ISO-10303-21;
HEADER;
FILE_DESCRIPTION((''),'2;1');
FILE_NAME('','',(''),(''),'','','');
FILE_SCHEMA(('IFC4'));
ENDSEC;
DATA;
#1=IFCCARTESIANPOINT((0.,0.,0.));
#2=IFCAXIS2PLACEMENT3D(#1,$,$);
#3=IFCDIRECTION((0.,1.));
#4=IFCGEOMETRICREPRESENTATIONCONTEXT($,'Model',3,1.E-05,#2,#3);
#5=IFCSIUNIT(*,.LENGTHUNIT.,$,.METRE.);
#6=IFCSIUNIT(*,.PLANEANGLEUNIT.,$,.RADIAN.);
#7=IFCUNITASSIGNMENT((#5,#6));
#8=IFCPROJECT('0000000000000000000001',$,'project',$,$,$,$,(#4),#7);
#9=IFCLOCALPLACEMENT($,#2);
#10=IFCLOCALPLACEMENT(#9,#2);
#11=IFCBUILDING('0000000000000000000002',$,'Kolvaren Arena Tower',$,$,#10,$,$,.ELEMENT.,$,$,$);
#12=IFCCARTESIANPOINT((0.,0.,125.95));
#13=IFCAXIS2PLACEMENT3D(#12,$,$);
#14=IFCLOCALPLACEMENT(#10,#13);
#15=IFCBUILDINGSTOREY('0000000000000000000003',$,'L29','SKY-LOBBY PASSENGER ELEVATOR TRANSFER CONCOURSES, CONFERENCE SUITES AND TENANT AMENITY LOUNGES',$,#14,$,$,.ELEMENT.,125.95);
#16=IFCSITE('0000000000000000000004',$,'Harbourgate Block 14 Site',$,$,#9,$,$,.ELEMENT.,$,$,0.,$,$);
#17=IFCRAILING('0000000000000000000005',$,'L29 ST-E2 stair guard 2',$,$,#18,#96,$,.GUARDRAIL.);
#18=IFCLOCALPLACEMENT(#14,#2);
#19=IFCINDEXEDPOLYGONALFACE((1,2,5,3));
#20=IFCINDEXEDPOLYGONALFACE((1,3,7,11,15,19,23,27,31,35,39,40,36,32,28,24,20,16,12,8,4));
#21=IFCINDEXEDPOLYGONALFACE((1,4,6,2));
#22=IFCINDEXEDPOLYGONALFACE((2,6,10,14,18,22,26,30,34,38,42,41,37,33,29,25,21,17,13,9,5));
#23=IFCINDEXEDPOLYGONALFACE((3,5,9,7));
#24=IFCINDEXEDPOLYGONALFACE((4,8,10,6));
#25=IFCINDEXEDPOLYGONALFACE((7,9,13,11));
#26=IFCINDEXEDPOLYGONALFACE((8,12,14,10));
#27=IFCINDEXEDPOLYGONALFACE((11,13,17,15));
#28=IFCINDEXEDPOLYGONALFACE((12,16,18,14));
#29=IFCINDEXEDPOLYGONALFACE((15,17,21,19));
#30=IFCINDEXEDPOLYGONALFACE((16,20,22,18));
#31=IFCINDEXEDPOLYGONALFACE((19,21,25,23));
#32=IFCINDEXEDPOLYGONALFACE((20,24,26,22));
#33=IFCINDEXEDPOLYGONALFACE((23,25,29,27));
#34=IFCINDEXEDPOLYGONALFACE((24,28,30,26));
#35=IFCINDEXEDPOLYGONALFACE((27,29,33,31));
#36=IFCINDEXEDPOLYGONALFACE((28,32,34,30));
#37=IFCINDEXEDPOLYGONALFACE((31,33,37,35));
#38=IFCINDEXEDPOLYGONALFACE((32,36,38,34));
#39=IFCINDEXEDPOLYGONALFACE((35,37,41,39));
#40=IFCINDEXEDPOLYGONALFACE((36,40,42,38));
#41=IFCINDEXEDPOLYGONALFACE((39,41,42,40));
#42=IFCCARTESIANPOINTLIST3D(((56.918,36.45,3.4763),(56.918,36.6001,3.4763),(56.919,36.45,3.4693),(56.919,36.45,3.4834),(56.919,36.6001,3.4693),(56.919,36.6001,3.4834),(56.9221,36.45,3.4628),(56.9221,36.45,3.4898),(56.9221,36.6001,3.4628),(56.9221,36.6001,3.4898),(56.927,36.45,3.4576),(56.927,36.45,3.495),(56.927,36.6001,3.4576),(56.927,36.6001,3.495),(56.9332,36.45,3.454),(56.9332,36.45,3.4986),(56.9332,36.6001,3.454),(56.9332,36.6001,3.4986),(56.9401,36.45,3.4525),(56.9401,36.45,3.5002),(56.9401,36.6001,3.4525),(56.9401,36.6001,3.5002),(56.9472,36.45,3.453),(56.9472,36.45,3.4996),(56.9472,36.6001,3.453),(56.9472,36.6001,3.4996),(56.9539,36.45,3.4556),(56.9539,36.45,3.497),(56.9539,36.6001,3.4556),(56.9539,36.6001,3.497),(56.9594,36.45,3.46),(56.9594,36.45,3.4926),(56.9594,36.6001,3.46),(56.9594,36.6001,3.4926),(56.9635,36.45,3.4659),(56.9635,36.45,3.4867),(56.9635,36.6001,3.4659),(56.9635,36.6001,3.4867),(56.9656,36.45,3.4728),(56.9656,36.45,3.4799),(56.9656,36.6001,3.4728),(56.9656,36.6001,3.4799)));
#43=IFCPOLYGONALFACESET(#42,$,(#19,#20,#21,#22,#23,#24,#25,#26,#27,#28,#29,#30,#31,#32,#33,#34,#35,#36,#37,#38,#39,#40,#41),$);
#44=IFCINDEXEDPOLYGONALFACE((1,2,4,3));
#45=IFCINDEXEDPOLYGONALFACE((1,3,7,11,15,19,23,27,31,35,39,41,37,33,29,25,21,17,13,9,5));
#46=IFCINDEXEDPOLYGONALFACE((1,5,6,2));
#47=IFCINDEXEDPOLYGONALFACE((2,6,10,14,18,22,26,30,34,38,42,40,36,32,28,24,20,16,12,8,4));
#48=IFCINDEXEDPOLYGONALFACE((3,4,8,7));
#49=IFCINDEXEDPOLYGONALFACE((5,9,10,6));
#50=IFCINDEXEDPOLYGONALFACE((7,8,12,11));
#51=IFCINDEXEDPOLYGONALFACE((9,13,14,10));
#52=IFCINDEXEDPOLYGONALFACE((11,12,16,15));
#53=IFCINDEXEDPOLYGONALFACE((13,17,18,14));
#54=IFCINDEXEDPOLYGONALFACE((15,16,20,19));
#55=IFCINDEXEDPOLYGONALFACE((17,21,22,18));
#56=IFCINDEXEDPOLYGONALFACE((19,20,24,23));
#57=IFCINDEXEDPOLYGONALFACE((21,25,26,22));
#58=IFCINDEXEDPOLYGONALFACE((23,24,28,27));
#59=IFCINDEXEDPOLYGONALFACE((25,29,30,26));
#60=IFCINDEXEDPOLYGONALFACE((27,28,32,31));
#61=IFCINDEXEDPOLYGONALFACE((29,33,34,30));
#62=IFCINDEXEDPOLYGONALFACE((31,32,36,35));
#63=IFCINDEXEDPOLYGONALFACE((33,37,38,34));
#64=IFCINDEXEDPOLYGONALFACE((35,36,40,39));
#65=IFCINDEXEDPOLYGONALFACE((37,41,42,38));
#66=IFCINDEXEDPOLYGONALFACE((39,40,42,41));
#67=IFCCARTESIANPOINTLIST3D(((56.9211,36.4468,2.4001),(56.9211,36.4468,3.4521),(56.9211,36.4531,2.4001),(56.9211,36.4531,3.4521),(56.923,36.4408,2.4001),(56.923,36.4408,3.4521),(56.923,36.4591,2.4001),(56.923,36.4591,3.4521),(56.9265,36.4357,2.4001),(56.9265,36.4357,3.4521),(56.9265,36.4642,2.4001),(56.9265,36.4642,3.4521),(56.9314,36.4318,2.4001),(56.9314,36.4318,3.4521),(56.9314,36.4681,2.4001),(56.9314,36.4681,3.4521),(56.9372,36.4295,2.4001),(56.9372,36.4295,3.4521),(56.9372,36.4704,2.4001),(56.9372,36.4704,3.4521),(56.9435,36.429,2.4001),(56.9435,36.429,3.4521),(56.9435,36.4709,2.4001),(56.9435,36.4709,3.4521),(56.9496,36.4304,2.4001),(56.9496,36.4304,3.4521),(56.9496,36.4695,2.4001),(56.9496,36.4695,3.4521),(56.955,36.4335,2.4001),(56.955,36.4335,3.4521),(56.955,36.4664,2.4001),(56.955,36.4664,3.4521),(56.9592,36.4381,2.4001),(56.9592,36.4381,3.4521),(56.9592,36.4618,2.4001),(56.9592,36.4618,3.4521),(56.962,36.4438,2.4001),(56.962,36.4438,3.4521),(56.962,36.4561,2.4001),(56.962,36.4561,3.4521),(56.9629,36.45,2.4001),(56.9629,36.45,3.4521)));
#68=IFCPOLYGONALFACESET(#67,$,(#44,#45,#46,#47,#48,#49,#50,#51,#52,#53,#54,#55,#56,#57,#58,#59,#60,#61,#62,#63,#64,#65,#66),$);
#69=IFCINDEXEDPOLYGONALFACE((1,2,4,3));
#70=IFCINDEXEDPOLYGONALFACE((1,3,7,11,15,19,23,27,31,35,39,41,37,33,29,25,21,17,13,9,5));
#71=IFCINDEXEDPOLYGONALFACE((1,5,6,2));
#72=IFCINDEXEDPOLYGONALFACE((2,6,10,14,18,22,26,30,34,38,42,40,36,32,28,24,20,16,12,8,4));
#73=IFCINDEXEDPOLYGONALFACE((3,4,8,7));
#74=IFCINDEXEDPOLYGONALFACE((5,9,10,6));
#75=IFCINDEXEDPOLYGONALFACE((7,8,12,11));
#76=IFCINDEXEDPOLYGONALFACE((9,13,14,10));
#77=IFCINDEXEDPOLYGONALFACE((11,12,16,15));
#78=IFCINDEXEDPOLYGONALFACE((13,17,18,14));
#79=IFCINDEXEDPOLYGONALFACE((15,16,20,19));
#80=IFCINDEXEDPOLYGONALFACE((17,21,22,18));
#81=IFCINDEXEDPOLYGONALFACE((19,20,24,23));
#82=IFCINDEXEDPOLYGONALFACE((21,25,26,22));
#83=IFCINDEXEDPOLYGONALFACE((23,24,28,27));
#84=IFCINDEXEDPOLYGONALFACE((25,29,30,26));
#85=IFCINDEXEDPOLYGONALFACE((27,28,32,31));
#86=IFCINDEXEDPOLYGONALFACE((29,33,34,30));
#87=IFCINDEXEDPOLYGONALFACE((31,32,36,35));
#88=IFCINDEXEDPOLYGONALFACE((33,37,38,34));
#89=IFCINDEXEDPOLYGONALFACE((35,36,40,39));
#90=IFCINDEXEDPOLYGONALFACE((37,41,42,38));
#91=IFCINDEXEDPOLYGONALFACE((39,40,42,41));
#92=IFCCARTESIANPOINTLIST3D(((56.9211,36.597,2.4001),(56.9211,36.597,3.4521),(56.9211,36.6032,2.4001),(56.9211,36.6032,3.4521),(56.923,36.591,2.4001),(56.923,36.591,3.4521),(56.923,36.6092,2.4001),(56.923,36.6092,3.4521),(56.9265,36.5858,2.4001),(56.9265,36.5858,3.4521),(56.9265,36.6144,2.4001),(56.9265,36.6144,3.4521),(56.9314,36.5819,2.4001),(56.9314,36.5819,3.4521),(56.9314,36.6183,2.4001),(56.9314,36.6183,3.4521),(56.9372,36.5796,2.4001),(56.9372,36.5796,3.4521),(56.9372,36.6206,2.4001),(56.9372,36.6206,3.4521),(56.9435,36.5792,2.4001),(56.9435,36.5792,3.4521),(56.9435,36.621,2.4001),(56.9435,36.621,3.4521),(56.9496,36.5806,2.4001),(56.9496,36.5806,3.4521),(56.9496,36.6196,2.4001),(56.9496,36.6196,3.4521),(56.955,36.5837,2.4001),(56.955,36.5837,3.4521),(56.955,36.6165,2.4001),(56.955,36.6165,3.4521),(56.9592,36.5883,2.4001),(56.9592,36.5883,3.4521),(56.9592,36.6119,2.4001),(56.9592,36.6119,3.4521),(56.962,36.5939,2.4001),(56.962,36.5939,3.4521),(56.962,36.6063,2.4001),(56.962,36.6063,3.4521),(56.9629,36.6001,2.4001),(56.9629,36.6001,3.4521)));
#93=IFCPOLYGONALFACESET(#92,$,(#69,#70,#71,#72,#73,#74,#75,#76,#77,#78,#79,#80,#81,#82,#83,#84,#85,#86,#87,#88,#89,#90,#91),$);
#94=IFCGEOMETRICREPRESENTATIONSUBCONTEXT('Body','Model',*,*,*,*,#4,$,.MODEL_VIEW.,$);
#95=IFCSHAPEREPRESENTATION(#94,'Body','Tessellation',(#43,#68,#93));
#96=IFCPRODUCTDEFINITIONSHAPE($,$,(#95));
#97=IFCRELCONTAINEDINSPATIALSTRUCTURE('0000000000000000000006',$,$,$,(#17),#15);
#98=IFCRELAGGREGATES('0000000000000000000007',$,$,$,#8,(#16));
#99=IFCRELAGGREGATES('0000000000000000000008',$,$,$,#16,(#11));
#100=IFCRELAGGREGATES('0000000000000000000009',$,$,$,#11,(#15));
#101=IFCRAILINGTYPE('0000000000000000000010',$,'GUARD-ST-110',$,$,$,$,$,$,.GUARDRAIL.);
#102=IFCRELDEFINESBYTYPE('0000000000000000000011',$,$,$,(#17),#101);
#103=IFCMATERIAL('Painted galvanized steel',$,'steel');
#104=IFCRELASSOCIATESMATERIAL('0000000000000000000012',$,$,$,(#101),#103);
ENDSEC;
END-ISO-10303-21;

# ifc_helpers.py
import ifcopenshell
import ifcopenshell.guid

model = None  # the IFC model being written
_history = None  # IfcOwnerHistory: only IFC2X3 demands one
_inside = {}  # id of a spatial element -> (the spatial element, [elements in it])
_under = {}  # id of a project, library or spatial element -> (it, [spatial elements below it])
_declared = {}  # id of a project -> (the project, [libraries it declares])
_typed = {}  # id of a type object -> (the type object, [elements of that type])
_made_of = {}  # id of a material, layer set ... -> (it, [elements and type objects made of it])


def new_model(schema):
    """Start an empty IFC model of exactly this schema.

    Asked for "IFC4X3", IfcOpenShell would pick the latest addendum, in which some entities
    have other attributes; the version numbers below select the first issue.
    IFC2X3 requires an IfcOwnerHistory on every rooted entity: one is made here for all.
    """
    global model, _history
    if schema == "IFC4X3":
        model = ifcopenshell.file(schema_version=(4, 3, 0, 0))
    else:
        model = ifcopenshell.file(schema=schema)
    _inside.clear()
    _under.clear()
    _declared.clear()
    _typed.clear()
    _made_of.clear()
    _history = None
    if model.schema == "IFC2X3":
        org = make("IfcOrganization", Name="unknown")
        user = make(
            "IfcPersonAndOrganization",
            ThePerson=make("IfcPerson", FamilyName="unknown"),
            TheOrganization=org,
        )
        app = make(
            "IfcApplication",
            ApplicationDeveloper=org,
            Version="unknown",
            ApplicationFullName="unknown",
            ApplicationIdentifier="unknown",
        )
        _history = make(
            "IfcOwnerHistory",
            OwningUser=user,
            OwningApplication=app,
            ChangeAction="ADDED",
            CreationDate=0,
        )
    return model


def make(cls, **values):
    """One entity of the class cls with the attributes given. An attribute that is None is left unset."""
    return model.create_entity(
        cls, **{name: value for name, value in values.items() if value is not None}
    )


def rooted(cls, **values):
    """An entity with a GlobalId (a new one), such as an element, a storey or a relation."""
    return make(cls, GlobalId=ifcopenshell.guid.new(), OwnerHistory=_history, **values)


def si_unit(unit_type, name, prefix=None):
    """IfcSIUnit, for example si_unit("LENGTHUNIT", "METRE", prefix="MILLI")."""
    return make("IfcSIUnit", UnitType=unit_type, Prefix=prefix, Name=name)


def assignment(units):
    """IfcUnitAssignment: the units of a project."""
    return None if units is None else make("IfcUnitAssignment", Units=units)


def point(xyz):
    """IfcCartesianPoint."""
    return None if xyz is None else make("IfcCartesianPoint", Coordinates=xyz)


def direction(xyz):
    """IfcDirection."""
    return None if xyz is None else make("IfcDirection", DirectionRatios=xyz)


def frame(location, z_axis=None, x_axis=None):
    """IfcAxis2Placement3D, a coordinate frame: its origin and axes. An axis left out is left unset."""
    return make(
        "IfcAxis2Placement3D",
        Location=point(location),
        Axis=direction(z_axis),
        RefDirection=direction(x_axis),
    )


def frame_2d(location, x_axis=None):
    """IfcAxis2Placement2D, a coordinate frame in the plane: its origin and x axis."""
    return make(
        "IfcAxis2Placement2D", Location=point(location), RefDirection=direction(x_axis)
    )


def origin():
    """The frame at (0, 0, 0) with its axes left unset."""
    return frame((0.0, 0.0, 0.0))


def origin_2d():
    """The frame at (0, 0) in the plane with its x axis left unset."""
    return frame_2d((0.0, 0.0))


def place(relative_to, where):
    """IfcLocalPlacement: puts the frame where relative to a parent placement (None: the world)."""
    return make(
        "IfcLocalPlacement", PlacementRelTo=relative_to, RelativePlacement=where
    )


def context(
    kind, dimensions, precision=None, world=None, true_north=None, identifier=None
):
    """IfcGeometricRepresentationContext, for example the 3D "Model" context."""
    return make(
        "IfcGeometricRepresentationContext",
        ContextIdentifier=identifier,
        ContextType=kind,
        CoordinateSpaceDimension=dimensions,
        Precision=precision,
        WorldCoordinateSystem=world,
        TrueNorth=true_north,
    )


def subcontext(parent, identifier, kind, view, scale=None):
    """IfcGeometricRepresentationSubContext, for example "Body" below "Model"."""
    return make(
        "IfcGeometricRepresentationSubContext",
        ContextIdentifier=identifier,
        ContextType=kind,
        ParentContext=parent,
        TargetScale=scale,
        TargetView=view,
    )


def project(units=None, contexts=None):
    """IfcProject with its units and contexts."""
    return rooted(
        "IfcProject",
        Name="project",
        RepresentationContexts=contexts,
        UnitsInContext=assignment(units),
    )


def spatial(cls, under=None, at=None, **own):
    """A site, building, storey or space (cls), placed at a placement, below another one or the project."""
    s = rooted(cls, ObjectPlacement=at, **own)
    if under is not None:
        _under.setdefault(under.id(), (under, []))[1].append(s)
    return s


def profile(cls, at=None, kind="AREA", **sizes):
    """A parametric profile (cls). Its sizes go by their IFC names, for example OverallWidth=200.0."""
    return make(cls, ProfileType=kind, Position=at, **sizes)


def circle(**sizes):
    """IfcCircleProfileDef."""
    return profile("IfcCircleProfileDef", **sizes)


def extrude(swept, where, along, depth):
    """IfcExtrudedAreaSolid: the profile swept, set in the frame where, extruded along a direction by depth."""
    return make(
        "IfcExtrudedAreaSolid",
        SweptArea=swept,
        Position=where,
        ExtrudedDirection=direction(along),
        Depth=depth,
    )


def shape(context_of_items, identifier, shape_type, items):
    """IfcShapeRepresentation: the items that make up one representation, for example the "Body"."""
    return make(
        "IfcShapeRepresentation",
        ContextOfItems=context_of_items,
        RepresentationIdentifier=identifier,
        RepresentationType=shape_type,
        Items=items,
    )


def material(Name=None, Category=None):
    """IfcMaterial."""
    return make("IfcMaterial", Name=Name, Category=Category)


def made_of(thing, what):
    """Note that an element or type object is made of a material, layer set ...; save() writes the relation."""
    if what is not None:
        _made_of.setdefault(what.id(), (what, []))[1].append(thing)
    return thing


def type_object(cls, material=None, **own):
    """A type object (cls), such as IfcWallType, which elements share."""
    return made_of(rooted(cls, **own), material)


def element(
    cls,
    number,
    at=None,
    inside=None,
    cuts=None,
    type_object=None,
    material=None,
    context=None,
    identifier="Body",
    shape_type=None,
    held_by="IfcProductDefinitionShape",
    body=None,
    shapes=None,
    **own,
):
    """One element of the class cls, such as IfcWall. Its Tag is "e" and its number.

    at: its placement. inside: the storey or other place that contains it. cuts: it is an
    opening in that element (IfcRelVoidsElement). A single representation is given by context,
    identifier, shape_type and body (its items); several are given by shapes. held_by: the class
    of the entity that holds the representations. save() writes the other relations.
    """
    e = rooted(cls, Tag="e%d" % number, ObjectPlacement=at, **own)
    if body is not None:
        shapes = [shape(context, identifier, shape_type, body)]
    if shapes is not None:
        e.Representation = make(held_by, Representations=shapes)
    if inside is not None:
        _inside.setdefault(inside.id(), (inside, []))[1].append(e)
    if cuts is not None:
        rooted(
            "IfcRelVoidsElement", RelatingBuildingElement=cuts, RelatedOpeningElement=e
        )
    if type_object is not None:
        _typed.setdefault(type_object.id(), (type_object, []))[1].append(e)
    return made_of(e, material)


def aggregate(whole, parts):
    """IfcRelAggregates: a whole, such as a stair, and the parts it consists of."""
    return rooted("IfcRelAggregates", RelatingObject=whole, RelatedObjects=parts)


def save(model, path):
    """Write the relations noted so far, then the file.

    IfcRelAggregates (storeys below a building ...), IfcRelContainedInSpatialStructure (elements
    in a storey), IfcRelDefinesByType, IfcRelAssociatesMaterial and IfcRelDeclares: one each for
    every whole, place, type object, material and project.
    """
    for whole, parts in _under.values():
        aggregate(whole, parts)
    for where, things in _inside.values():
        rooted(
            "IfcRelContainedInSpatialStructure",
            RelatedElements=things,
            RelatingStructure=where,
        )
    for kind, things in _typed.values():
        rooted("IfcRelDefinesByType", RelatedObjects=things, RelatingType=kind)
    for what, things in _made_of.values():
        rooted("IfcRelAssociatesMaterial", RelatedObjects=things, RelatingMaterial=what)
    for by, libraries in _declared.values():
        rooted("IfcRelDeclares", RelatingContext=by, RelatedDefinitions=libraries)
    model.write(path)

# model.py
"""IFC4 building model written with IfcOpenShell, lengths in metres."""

from ifc_helpers import new_model, si_unit, direction, frame, origin, origin_2d, place, context, subcontext, project, spatial, circle, extrude, material, type_object, element, save


model = new_model("IFC4")

# Units and contexts
model_context = context("Model", 3, precision=1e-05, world=origin(), true_north=direction((0.0, 1.0)))
body_context = subcontext(model_context, "Body", "Model", "MODEL_VIEW")
ifc_project = project(units=[si_unit("LENGTHUNIT", "METRE"), si_unit("PLANEANGLEUNIT", "RADIAN")], contexts=[model_context])

# Site, building, storey
site_placement = place(None, origin())
site = spatial("IfcSite", under=ifc_project, at=site_placement, Name="Harbourgate Block 14 Site", CompositionType="ELEMENT", RefElevation=0.0)
building_placement = place(site_placement, origin())
building = spatial("IfcBuilding", under=site, at=building_placement, Name="Kolvaren Arena Tower", CompositionType="ELEMENT")
storey_placement = place(building_placement, frame((0.0, 0.0, 125.95)))
storey = spatial("IfcBuildingStorey", under=building, at=storey_placement, Name="L29", Description="SKY-LOBBY PASSENGER ELEVATOR TRANSFER CONCOURSES, CONFERENCE SUITES AND TENANT AMENITY LOUNGES", CompositionType="ELEMENT", Elevation=125.95)

# Railing
ifc_material_1 = material(Name="Painted galvanized steel", Category="steel")
railing_type_1 = type_object("IfcRailingType", Name="GUARD-ST-110", PredefinedType="GUARDRAIL", material=ifc_material_1)
railing_1_placement = place(storey_placement, frame((56.9419, 36.45, 2.4001)))
element("IfcRailing", 1, at=railing_1_placement, inside=storey, type_object=railing_type_1, Name="L29 ST-E2 stair guard 2", PredefinedType="GUARDRAIL", context=body_context, shape_type="SweptSolid", body=[
    extrude(circle(Radius=0.0239, at=origin_2d()), frame((0.0, 0.0, 1.0762), z_axis=(0.0, 1.0, 0.0), x_axis=(-1.0, 0.0, 0.0)), (0.0, 0.0, 1.0), 0.1501),
    extrude(circle(Radius=0.021, at=origin_2d()), origin(), (0.0, 0.0, 1.0), 1.052),
    extrude(circle(Radius=0.021, at=origin_2d()), frame((0.0, 0.1501, 0.0)), (0.0, 0.0, 1.0), 1.052),
])

save(model, "model.ifc")
